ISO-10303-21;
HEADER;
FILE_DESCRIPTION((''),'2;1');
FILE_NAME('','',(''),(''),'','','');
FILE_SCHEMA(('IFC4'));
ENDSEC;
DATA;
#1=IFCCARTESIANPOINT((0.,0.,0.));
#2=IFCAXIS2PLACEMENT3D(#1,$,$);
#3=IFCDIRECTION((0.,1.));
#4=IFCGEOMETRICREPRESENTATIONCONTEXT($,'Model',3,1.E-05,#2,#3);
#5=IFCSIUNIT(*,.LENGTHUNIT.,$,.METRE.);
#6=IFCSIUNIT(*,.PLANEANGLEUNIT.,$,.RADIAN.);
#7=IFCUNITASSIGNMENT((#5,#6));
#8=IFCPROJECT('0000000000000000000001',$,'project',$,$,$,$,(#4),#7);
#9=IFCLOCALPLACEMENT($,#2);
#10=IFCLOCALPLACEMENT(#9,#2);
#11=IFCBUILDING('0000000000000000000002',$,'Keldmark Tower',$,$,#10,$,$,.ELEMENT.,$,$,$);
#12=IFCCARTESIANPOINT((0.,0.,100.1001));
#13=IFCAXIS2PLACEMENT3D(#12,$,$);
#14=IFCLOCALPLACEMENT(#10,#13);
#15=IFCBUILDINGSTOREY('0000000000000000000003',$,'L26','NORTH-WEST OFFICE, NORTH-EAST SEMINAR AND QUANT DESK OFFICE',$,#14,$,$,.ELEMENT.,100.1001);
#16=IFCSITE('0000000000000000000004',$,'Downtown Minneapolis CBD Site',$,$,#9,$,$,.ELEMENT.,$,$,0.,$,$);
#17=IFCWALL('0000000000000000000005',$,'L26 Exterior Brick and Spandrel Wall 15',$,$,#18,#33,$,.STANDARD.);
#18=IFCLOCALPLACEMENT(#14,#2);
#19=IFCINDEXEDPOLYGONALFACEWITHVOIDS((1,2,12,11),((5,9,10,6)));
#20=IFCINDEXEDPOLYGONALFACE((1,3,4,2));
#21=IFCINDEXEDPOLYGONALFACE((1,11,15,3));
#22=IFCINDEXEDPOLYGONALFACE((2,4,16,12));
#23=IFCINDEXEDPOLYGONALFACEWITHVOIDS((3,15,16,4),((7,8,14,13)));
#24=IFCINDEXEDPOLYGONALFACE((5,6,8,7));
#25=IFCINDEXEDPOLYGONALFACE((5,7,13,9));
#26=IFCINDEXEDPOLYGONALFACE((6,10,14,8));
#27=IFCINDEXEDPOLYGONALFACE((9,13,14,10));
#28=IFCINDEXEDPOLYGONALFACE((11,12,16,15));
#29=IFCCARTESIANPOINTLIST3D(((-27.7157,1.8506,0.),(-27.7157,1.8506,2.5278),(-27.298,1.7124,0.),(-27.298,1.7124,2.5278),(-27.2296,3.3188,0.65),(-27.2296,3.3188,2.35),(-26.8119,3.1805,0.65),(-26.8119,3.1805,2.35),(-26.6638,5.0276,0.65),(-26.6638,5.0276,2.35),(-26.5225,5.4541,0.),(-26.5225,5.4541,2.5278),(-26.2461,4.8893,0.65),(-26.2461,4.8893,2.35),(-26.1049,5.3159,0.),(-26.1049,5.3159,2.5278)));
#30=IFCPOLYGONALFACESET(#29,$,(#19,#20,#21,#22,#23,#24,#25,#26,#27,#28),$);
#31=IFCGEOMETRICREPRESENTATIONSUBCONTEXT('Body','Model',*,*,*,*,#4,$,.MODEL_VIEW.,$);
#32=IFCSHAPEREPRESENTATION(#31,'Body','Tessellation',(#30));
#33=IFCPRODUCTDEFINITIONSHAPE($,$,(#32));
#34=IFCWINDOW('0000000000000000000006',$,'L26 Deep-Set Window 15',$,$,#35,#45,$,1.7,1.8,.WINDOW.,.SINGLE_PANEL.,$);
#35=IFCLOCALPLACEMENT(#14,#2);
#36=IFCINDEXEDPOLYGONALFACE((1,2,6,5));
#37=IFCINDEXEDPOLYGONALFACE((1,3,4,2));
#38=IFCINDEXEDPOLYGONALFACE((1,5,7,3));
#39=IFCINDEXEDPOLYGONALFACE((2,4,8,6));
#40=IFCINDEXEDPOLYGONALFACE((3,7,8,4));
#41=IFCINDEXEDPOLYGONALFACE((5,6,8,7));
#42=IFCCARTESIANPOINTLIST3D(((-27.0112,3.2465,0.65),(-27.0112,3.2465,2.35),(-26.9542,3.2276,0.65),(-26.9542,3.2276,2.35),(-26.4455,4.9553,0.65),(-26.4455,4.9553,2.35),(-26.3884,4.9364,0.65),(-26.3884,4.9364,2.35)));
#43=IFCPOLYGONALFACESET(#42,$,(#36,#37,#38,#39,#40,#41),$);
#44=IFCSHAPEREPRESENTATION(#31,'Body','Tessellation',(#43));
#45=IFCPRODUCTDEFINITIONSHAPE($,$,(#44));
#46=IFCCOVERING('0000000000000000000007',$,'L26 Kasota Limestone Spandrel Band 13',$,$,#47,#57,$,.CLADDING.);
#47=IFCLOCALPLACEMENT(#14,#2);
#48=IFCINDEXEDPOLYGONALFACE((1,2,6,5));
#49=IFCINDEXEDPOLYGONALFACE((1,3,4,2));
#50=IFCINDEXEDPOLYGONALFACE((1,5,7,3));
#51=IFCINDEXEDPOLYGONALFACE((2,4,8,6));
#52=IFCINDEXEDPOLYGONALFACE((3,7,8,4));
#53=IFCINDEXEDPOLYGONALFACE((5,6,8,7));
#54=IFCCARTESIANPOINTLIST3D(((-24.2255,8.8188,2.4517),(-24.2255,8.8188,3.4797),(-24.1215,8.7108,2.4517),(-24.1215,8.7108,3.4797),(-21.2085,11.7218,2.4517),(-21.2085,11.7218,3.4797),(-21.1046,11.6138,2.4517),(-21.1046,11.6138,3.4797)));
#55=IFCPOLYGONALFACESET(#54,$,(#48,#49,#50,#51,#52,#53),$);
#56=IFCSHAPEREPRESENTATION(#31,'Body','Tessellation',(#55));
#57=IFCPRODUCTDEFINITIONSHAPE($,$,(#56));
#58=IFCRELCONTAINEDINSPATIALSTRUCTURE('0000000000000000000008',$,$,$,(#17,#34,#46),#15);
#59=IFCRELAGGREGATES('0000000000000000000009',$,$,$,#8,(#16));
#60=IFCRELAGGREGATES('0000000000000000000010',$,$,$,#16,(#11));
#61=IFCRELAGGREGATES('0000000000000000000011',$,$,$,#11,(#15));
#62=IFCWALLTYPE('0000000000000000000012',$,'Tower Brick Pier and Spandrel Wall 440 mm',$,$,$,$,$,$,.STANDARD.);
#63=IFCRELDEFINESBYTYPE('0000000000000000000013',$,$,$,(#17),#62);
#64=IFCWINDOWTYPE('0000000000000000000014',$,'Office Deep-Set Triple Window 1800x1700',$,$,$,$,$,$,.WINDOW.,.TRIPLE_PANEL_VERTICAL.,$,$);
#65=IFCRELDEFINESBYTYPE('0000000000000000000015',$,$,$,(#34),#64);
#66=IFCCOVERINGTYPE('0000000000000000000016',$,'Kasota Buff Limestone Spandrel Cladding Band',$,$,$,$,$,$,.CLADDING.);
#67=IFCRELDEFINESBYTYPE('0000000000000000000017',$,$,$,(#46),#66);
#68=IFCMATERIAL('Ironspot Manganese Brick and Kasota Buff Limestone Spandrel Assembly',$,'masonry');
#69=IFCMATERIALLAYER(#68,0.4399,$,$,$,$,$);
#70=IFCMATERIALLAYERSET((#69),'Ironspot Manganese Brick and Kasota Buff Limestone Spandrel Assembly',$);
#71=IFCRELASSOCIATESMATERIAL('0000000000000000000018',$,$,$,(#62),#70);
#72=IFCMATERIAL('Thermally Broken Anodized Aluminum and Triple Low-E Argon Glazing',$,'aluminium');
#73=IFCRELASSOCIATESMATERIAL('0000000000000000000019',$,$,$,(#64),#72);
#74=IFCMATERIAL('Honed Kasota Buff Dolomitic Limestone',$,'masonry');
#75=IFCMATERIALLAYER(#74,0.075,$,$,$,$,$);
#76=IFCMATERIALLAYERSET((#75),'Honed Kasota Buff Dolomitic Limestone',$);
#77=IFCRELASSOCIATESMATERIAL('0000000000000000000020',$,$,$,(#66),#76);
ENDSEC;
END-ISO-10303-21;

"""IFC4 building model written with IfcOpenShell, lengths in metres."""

from ifc_helpers import new_model, si_unit, direction, frame, frame_2d, origin, origin_2d, place, context, subcontext, project, spatial, rectangle, extrude, material, layer, layer_set, type_object, element, fill, save


model = new_model("IFC4")

# Units and contexts
model_context = context("Model", 3, precision=1e-05, world=origin(), true_north=direction((0.0, 1.0)))
body_context = subcontext(model_context, "Body", "Model", "MODEL_VIEW")
ifc_project = project(units=[si_unit("LENGTHUNIT", "METRE"), si_unit("PLANEANGLEUNIT", "RADIAN")], contexts=[model_context])

# Site, building, storey
site_placement = place(None, origin())
site = spatial("IfcSite", under=ifc_project, at=site_placement, Name="Downtown Minneapolis CBD Site", CompositionType="ELEMENT", RefElevation=0.0)
building_placement = place(site_placement, origin())
building = spatial("IfcBuilding", under=site, at=building_placement, Name="Keldmark Tower", CompositionType="ELEMENT")
storey_placement = place(building_placement, frame((0.0, 0.0, 100.1001)))
storey = spatial("IfcBuildingStorey", under=building, at=storey_placement, Name="L26", Description="NORTH-WEST OFFICE, NORTH-EAST SEMINAR AND QUANT DESK OFFICE", CompositionType="ELEMENT", Elevation=100.1001)

# Wall, opening, window
ifc_material_1 = material(Name="Ironspot Manganese Brick and Kasota Buff Limestone Spandrel Assembly", Category="masonry")
ifc_layer_1 = layer(ifc_material_1, 0.4399)
ifc_layer_set_1 = layer_set([ifc_layer_1], Name="Ironspot Manganese Brick and Kasota Buff Limestone Spandrel Assembly")
wall_type_1 = type_object("IfcWallType", Name="Tower Brick Pier and Spandrel Wall 440 mm", PredefinedType="STANDARD", material=ifc_layer_set_1)
ifc_material_2 = material(Name="Thermally Broken Anodized Aluminum and Triple Low-E Argon Glazing", Category="aluminium")
window_type = type_object("IfcWindowType", Name="Office Deep-Set Triple Window 1800x1700", PartitioningType="TRIPLE_PANEL_VERTICAL", PredefinedType="WINDOW", material=ifc_material_2)
wall_1_placement = place(storey_placement, frame((-27.5068, 1.7815, 0.0), z_axis=(0.0, 0.0, 1.0), x_axis=(0.314317, 0.949318, 0.0)))
wall_1 = element("IfcWall", 1, at=wall_1_placement, inside=storey, type_object=wall_type_1, Name="L26 Exterior Brick and Spandrel Wall 15", PredefinedType="STANDARD", context=body_context, shape_type="SweptSolid", body=[
    extrude(rectangle(XDim=3.7959, YDim=0.4399, at=frame_2d((1.8979, 0.0))), origin(), (0.0, 0.0, 1.0), 2.5278),
])
opening_1_placement = place(wall_1_placement, frame((1.5466, 0.0, 0.6499)))
opening_1 = element("IfcOpeningElement", 2, at=opening_1_placement, cuts=wall_1, PredefinedType="OPENING", context=body_context, shape_type="SweptSolid", body=[
    extrude(rectangle(XDim=1.8, YDim=1.7, at=frame_2d((0.8999, 0.8501))), frame((0.0, 0.23, 0.0), z_axis=(0.0, -1.0, 0.0), x_axis=(1.0, 0.0, 0.0)), (0.0, 0.0, 1.0), 0.46),
])
window_1_placement = place(opening_1_placement, origin())
window_1 = element("IfcWindow", 3, at=window_1_placement, inside=storey, type_object=window_type, Name="L26 Deep-Set Window 15", OverallHeight=1.7, OverallWidth=1.8, PartitioningType="SINGLE_PANEL", PredefinedType="WINDOW", context=body_context, shape_type="SweptSolid", body=[
    extrude(rectangle(XDim=1.8, YDim=1.7, at=frame_2d((0.8999, 0.8501))), frame((0.0, -0.01, 0.0), z_axis=(0.0, -1.0, 0.0), x_axis=(1.0, 0.0, 0.0)), (0.0, 0.0, 1.0), 0.0601),
])
fill(opening_1, window_1)

# Covering
ifc_material_3 = material(Name="Honed Kasota Buff Dolomitic Limestone", Category="masonry")
ifc_layer_2 = layer(ifc_material_3, 0.075)
ifc_layer_set_2 = layer_set([ifc_layer_2], Name="Honed Kasota Buff Dolomitic Limestone")
covering_type = type_object("IfcCoveringType", Name="Kasota Buff Limestone Spandrel Cladding Band", PredefinedType="CLADDING", material=ifc_layer_set_2)
covering_placement = place(storey_placement, frame((-22.665, 10.2163, 2.4517), z_axis=(0.0, 0.0, 1.0), x_axis=(-0.720587, -0.693364, 0.0)))
element("IfcCovering", 4, at=covering_placement, inside=storey, type_object=covering_type, Name="L26 Kasota Limestone Spandrel Band 13", PredefinedType="CLADDING", context=body_context, shape_type="SweptSolid", body=[
    extrude(rectangle(XDim=4.1868, YDim=0.1499, at=origin_2d()), origin(), (0.0, 0.0, 1.0), 1.0281),
])

save(model, "model.ifc")
